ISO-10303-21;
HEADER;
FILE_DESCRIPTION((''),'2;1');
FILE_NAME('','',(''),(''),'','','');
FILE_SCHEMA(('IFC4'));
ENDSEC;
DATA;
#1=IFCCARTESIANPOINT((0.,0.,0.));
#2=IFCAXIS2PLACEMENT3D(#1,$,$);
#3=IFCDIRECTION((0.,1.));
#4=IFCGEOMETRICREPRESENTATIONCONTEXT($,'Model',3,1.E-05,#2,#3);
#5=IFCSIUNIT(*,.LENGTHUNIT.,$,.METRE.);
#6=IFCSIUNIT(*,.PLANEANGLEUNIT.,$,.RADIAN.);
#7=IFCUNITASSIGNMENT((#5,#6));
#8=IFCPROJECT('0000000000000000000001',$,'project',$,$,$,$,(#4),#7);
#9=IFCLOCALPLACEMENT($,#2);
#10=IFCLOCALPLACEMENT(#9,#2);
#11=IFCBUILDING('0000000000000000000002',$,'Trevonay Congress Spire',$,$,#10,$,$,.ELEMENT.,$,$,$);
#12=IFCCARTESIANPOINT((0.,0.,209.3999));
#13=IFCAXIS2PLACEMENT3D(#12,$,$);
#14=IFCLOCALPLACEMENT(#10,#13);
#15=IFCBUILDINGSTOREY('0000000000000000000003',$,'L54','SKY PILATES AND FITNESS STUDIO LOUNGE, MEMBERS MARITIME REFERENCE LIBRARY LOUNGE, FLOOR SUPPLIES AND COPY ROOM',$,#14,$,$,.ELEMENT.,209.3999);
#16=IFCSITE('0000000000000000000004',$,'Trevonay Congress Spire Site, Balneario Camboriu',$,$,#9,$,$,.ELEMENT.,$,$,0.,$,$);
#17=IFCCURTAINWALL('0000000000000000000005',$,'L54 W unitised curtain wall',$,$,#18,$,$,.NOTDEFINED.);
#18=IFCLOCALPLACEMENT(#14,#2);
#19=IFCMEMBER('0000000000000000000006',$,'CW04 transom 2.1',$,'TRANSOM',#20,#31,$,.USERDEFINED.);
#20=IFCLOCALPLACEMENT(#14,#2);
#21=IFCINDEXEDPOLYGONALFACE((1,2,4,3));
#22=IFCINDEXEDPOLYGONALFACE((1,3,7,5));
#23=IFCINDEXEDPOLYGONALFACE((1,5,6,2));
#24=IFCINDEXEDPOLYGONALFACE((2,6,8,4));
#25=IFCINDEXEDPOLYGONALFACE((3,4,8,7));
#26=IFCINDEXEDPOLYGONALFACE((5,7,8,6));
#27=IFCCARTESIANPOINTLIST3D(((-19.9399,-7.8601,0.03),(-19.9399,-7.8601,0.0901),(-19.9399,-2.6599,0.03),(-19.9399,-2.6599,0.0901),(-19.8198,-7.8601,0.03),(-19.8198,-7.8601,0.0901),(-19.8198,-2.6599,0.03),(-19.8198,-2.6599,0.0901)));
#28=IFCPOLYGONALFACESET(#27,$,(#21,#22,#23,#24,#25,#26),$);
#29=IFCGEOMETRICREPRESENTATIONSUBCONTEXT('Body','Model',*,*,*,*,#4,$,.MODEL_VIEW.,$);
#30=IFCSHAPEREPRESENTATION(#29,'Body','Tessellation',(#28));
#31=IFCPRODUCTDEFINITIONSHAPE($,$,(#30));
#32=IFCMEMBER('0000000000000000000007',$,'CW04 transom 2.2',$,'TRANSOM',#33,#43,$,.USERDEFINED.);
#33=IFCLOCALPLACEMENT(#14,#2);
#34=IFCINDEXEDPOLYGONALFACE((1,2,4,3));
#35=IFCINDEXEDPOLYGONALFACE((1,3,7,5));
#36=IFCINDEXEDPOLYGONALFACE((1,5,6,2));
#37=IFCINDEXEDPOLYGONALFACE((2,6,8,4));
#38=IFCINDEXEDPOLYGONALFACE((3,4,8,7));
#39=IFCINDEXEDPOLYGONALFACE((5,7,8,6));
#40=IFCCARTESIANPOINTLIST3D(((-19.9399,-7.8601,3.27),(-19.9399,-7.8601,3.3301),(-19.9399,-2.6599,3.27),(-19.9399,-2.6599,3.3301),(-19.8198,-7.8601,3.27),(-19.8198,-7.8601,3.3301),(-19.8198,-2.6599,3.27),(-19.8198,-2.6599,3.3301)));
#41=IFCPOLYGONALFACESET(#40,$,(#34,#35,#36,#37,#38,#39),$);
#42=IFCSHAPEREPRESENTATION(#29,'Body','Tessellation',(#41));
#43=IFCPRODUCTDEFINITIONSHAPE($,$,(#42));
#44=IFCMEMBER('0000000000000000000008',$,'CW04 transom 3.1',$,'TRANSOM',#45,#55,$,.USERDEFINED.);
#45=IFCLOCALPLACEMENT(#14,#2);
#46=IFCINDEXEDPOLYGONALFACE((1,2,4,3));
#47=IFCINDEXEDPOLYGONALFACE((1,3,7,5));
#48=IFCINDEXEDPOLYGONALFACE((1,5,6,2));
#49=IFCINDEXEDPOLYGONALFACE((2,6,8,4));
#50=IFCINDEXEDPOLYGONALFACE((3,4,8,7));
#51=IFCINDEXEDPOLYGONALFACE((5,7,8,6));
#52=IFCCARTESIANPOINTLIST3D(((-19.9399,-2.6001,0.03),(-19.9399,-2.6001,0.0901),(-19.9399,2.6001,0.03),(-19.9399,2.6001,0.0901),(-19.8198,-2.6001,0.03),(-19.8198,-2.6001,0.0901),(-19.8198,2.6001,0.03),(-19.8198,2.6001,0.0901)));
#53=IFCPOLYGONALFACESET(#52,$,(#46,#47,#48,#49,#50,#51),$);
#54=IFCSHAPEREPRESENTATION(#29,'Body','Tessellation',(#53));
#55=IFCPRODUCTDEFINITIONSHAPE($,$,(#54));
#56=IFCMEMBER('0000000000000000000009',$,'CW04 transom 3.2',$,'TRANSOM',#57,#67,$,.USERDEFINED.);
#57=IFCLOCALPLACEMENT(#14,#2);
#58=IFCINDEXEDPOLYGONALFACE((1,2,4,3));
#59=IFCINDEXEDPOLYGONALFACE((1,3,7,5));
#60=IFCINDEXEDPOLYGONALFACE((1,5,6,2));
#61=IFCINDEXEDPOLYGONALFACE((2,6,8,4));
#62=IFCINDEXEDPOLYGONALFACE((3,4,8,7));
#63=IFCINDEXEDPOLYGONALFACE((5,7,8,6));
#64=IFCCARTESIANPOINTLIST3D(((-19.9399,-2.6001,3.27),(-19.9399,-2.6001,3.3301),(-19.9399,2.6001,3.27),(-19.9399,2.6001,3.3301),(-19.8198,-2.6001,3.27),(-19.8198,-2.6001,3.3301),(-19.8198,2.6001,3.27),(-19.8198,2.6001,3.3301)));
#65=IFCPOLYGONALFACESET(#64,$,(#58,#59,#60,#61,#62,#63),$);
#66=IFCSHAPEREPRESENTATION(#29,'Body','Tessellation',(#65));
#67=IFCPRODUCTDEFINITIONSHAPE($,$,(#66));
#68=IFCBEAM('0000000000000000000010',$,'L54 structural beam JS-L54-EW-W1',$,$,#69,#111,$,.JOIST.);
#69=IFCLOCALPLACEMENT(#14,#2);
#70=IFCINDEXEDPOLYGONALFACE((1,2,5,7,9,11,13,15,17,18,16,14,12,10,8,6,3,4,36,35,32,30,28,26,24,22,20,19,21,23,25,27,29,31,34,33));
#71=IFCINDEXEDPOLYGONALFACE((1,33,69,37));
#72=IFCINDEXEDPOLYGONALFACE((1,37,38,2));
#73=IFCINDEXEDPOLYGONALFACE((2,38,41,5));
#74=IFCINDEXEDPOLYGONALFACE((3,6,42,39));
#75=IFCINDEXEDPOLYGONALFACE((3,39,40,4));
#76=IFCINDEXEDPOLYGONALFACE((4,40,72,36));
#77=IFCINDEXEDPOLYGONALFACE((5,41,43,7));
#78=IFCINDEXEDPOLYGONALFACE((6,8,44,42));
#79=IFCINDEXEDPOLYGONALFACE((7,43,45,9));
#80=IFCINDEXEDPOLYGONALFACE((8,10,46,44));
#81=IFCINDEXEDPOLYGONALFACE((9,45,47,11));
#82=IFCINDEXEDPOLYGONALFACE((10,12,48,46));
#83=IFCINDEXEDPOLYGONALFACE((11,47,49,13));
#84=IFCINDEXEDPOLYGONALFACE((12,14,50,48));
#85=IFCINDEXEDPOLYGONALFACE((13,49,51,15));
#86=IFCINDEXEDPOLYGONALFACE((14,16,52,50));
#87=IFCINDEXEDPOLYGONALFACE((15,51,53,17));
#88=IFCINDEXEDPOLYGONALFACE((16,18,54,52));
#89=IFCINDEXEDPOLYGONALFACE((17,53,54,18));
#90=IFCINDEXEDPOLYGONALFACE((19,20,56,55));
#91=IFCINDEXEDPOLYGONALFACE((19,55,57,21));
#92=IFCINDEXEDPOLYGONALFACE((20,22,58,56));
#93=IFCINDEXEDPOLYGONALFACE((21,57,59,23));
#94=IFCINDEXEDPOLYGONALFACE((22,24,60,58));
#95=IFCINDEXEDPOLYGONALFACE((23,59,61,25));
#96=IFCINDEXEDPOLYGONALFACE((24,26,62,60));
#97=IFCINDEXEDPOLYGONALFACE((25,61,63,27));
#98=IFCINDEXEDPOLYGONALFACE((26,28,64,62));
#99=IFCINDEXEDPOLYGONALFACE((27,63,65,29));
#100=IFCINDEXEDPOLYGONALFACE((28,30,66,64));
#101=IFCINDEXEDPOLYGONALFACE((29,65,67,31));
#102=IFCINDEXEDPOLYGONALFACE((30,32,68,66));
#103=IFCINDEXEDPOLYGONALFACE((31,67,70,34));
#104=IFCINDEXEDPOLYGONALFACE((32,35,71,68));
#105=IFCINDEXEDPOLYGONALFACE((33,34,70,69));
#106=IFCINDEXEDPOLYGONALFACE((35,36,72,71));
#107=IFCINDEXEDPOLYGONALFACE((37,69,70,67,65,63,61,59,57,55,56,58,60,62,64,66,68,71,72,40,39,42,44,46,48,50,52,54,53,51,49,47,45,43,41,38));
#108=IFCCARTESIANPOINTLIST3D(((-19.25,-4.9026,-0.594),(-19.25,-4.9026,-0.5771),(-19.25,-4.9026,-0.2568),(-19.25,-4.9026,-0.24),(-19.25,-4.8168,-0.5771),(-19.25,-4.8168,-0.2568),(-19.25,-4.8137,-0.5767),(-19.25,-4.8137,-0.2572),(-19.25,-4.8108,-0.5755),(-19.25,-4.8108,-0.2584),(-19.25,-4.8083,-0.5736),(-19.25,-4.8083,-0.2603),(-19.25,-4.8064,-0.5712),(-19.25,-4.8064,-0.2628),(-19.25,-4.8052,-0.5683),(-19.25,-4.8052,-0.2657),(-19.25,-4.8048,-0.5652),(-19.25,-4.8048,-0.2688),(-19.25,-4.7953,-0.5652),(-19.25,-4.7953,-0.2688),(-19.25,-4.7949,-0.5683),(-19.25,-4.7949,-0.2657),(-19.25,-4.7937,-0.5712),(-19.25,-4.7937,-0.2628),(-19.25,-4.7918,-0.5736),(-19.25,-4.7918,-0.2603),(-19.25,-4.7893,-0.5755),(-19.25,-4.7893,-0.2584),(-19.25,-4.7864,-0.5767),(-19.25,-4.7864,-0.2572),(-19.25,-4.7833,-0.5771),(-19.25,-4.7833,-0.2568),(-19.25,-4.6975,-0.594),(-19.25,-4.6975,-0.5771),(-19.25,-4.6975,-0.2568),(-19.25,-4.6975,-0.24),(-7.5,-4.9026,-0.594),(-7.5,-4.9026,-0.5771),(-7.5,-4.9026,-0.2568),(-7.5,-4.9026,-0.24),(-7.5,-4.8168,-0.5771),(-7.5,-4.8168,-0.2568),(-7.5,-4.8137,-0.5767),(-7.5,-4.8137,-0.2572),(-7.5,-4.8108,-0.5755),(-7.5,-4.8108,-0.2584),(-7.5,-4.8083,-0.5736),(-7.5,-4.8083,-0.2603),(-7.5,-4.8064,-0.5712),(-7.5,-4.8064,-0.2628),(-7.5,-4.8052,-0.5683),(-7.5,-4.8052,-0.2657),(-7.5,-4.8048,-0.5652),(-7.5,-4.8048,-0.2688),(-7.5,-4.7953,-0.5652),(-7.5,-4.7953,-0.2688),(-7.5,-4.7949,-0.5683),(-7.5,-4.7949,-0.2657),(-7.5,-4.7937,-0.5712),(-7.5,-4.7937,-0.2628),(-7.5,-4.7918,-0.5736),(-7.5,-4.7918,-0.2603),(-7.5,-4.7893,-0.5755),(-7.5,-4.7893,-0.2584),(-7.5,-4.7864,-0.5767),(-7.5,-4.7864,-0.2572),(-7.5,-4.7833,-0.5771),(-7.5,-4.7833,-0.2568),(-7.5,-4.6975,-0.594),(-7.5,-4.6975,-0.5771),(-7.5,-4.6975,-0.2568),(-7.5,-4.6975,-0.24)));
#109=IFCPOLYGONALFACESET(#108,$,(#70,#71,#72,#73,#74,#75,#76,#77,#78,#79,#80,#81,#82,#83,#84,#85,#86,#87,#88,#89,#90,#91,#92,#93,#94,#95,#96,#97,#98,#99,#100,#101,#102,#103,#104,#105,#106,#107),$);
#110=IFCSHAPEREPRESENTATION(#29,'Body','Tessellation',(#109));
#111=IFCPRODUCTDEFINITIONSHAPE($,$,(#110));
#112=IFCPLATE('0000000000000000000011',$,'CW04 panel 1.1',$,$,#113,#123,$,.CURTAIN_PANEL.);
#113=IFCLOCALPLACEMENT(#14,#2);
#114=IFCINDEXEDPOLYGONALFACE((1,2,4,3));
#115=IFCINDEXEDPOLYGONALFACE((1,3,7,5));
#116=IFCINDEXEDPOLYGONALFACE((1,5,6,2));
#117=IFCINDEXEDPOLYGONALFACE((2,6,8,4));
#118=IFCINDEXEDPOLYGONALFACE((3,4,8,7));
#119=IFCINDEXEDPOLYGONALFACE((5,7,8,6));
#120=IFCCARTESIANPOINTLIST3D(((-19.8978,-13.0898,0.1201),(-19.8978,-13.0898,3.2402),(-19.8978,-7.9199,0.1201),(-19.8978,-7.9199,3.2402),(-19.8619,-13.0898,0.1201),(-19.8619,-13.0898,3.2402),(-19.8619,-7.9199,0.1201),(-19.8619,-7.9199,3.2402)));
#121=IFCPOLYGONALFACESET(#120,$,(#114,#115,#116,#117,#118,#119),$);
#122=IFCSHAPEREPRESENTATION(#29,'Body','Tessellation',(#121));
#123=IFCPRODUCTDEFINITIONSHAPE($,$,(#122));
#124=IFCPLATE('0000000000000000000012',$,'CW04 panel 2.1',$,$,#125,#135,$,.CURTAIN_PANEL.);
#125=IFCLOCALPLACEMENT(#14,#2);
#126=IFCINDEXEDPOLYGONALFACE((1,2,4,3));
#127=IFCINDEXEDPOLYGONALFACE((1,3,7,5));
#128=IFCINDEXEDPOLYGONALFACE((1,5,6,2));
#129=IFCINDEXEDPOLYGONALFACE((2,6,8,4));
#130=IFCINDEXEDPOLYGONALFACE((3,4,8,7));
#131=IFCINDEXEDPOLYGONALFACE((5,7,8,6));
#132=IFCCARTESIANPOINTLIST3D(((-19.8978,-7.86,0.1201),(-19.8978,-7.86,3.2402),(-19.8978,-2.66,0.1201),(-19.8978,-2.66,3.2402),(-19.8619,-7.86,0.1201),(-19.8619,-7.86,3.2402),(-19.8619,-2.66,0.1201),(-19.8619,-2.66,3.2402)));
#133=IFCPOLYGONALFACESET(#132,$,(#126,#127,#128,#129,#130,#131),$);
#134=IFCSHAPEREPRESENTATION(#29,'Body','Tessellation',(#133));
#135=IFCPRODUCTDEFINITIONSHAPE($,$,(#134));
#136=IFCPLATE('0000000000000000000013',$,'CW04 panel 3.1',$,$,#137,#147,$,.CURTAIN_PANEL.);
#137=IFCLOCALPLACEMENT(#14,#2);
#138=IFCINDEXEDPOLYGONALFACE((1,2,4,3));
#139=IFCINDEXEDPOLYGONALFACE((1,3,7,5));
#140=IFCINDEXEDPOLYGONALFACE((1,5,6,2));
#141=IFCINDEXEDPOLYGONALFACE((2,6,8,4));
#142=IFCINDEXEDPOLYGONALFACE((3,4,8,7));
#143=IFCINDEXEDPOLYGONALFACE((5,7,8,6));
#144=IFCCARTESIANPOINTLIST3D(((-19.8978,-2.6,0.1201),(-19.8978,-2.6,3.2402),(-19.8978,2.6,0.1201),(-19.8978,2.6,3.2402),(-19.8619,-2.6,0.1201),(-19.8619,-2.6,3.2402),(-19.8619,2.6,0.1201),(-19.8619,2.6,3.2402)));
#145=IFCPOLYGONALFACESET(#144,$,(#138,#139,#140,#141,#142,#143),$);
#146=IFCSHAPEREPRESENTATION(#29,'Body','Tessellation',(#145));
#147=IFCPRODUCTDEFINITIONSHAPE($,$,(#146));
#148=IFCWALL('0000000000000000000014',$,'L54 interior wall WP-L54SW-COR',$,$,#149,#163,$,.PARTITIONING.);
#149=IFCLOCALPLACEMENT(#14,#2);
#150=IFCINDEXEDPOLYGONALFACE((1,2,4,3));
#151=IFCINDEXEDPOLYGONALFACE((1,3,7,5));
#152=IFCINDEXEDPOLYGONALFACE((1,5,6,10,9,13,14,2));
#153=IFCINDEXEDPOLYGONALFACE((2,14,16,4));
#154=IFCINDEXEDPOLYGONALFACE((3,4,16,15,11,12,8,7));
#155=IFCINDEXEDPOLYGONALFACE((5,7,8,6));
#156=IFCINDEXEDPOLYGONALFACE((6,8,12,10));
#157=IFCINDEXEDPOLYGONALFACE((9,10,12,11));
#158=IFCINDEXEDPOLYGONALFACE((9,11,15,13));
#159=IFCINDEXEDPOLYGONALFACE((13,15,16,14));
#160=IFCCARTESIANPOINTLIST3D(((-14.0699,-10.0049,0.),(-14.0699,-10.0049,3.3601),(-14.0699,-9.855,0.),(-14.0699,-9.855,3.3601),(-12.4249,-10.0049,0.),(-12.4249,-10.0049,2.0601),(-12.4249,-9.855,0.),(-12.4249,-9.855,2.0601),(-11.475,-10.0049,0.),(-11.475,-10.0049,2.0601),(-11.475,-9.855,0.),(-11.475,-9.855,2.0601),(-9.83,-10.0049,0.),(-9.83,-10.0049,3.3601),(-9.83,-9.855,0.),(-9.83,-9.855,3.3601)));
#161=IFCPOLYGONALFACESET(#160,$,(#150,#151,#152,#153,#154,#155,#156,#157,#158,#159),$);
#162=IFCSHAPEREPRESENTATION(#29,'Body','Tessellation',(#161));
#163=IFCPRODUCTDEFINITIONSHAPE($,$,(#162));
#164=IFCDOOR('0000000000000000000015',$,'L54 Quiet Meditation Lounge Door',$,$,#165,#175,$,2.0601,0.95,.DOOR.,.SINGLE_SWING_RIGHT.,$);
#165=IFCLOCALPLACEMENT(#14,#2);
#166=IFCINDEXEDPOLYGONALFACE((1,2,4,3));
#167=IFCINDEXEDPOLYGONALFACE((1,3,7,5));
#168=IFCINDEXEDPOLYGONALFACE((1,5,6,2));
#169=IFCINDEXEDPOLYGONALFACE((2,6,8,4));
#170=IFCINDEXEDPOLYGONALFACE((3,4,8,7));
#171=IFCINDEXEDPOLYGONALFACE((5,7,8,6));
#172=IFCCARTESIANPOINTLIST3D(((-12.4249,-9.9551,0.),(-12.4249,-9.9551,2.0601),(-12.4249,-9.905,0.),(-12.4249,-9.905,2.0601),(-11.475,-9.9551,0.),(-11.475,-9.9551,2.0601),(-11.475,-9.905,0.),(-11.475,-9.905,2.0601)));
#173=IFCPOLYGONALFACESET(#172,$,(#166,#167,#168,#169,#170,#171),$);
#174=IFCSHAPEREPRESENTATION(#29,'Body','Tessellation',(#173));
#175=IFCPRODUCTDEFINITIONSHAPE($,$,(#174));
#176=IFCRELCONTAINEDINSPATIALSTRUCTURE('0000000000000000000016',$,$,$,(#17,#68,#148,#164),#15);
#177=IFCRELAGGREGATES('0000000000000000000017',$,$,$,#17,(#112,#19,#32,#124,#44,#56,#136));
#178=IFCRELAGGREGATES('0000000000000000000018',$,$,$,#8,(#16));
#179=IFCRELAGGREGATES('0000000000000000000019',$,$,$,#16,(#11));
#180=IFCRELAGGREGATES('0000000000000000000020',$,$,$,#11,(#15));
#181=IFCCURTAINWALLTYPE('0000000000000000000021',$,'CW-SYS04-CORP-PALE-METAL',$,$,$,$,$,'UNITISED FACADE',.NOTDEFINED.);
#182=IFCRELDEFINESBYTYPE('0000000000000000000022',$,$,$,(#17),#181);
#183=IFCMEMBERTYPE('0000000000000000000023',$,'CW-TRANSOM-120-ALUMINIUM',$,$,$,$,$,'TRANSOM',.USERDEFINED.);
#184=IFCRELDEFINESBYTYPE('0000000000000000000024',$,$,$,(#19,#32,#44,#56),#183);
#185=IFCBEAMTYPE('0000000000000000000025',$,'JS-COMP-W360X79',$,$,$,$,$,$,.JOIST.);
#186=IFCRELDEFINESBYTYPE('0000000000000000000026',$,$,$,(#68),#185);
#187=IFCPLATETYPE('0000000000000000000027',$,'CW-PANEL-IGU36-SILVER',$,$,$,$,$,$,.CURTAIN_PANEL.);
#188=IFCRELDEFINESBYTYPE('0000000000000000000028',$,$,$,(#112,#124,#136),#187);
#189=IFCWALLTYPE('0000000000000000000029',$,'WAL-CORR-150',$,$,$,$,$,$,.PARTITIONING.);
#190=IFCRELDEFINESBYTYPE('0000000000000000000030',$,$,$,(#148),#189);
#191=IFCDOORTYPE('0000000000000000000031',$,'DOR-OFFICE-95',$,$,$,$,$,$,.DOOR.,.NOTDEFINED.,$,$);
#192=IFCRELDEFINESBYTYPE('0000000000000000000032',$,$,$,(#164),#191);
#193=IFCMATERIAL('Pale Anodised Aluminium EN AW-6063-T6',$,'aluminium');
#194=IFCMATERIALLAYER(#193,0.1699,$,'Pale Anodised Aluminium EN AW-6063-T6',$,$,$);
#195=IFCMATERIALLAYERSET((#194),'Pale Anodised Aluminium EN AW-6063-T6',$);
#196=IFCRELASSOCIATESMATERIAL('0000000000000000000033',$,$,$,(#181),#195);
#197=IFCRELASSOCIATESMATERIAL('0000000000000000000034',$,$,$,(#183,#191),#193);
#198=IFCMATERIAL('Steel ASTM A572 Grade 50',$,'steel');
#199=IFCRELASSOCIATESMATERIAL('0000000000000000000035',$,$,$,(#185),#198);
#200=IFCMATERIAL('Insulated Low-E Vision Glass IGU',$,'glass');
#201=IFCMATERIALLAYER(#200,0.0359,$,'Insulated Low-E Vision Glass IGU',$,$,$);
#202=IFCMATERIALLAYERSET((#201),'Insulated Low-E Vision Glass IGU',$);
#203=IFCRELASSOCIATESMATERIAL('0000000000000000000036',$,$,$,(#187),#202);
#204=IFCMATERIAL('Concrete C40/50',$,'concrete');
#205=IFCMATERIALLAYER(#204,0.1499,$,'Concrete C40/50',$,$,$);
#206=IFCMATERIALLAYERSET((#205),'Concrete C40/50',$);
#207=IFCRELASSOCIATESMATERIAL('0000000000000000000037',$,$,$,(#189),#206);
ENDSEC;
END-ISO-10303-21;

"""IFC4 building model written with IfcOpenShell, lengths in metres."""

from ifc_helpers import new_model, si_unit, direction, frame, frame_2d, origin, origin_2d, place, context, subcontext, project, spatial, rectangle, i_section, extrude, material, layer, layer_set, material_profile, profile_set, type_object, element, fill, aggregate, save


model = new_model("IFC4")

# Units and contexts
model_context = context("Model", 3, precision=1e-05, world=origin(), true_north=direction((0.0, 1.0)))
body_context = subcontext(model_context, "Body", "Model", "MODEL_VIEW")
ifc_project = project(units=[si_unit("LENGTHUNIT", "METRE"), si_unit("PLANEANGLEUNIT", "RADIAN")], contexts=[model_context])

# Site, building, storey
site_placement = place(None, origin())
site = spatial("IfcSite", under=ifc_project, at=site_placement, Name="Trevonay Congress Spire Site, Balneario Camboriu", CompositionType="ELEMENT", RefElevation=0.0)
building_placement = place(site_placement, origin())
building = spatial("IfcBuilding", under=site, at=building_placement, Name="Trevonay Congress Spire", CompositionType="ELEMENT")
storey_placement = place(building_placement, frame((0.0, 0.0, 209.3999)))
storey = spatial("IfcBuildingStorey", under=building, at=storey_placement, Name="L54", Description="SKY PILATES AND FITNESS STUDIO LOUNGE, MEMBERS MARITIME REFERENCE LIBRARY LOUNGE, FLOOR SUPPLIES AND COPY ROOM", CompositionType="ELEMENT", Elevation=209.3999)

# Shared definitions
ifc_material_1 = material(Name="Steel ASTM A572 Grade 50", Category="steel")

# Curtain wall, members
ifc_material_2 = material(Name="Pale Anodised Aluminium EN AW-6063-T6", Category="aluminium")
ifc_layer_1 = layer(ifc_material_2, 0.1699, Name="Pale Anodised Aluminium EN AW-6063-T6")
ifc_layer_set_1 = layer_set([ifc_layer_1], Name="Pale Anodised Aluminium EN AW-6063-T6")
curtain_wall_type = type_object("IfcCurtainWallType", Name="CW-SYS04-CORP-PALE-METAL", ElementType="UNITISED FACADE", PredefinedType="NOTDEFINED", material=ifc_layer_set_1)
curtain_wall_placement = place(storey_placement, origin())
curtain_wall = element("IfcCurtainWall", 1, at=curtain_wall_placement, inside=storey, type_object=curtain_wall_type, Name="L54 W unitised curtain wall", PredefinedType="NOTDEFINED")
ifc_material_profile_1 = material_profile(ifc_material_2, rectangle(XDim=0.1201, YDim=0.0601, at=origin_2d()), Name="CW-TRANSOM-120-ALUMINIUM")
ifc_profile_set_1 = profile_set([ifc_material_profile_1], Name="Pale Anodised Aluminium EN AW-6063-T6")
member_type_1 = type_object("IfcMemberType", Name="CW-TRANSOM-120-ALUMINIUM", ElementType="TRANSOM", PredefinedType="USERDEFINED", material=ifc_profile_set_1)
member_1_placement = place(storey_placement, frame((-19.8799, -7.8601, 0.0601), z_axis=(0.0, 1.0, 0.0), x_axis=(-1.0, 0.0, 0.0)))
member_1 = element("IfcMember", 2, at=member_1_placement, type_object=member_type_1, Name="CW04 transom 2.1", ObjectType="TRANSOM", PredefinedType="USERDEFINED", context=body_context, shape_type="SweptSolid", body=[
    extrude(rectangle(XDim=0.1201, YDim=0.0601, at=origin_2d()), origin(), (0.0, 0.0, 1.0), 5.2002),
])
member_2_placement = place(storey_placement, frame((-19.8799, -7.8601, 3.3), z_axis=(0.0, 1.0, 0.0), x_axis=(-1.0, 0.0, 0.0)))
member_2 = element("IfcMember", 3, at=member_2_placement, type_object=member_type_1, Name="CW04 transom 2.2", ObjectType="TRANSOM", PredefinedType="USERDEFINED", context=body_context, shape_type="SweptSolid", body=[
    extrude(rectangle(XDim=0.1201, YDim=0.0601, at=origin_2d()), origin(), (0.0, 0.0, 1.0), 5.2002),
])
member_3_placement = place(storey_placement, frame((-19.8799, -2.6001, 0.0601), z_axis=(0.0, 1.0, 0.0), x_axis=(-1.0, 0.0, 0.0)))
member_3 = element("IfcMember", 4, at=member_3_placement, type_object=member_type_1, Name="CW04 transom 3.1", ObjectType="TRANSOM", PredefinedType="USERDEFINED", context=body_context, shape_type="SweptSolid", body=[
    extrude(rectangle(XDim=0.1201, YDim=0.0601, at=origin_2d()), origin(), (0.0, 0.0, 1.0), 5.2002),
])
member_4_placement = place(storey_placement, frame((-19.8799, -2.6001, 3.3), z_axis=(0.0, 1.0, 0.0), x_axis=(-1.0, 0.0, 0.0)))
member_4 = element("IfcMember", 5, at=member_4_placement, type_object=member_type_1, Name="CW04 transom 3.2", ObjectType="TRANSOM", PredefinedType="USERDEFINED", context=body_context, shape_type="SweptSolid", body=[
    extrude(rectangle(XDim=0.1201, YDim=0.0601, at=origin_2d()), origin(), (0.0, 0.0, 1.0), 5.2002),
])

# Beam
ifc_material_profile_2 = material_profile(ifc_material_1, i_section(OverallWidth=0.2051, OverallDepth=0.354, WebThickness=0.0095, FlangeThickness=0.0168, FilletRadius=0.012, at=origin_2d()), Name="W360x79")
ifc_profile_set_2 = profile_set([ifc_material_profile_2], Name="Steel ASTM A572 Grade 50")
beam_type_1 = type_object("IfcBeamType", Name="JS-COMP-W360X79", PredefinedType="JOIST", material=ifc_profile_set_2)
beam_1_placement = place(storey_placement, frame((-19.25, -4.8, -0.417), z_axis=(1.0, 0.0, 0.0), x_axis=(0.0, 1.0, 0.0)))
element("IfcBeam", 6, at=beam_1_placement, inside=storey, type_object=beam_type_1, Name="L54 structural beam JS-L54-EW-W1", PredefinedType="JOIST", context=body_context, shape_type="SweptSolid", body=[
    extrude(i_section(OverallWidth=0.2051, OverallDepth=0.354, WebThickness=0.0095, FlangeThickness=0.0168, FilletRadius=0.012, at=origin_2d()), origin(), (0.0, 0.0, 1.0), 11.75),
])

# Plates
ifc_material_3 = material(Name="Insulated Low-E Vision Glass IGU", Category="glass")
ifc_layer_2 = layer(ifc_material_3, 0.0359, Name="Insulated Low-E Vision Glass IGU")
ifc_layer_set_2 = layer_set([ifc_layer_2], Name="Insulated Low-E Vision Glass IGU")
plate_type = type_object("IfcPlateType", Name="CW-PANEL-IGU36-SILVER", PredefinedType="CURTAIN_PANEL", material=ifc_layer_set_2)
plate_1_placement = place(storey_placement, frame((-19.8799, -10.5049, 0.1201), z_axis=(0.0, 0.0, 1.0), x_axis=(0.0, 1.0, 0.0)))
plate_1 = element("IfcPlate", 7, at=plate_1_placement, type_object=plate_type, Name="CW04 panel 1.1", PredefinedType="CURTAIN_PANEL", context=body_context, shape_type="SweptSolid", body=[
    extrude(rectangle(XDim=5.1699, YDim=0.0359, at=origin_2d()), origin(), (0.0, 0.0, 1.0), 3.1201),
])
plate_2_placement = place(storey_placement, frame((-19.8799, -5.26, 0.1201), z_axis=(0.0, 0.0, 1.0), x_axis=(0.0, 1.0, 0.0)))
plate_2 = element("IfcPlate", 8, at=plate_2_placement, type_object=plate_type, Name="CW04 panel 2.1", PredefinedType="CURTAIN_PANEL", context=body_context, shape_type="SweptSolid", body=[
    extrude(rectangle(XDim=5.2, YDim=0.0359, at=origin_2d()), origin(), (0.0, 0.0, 1.0), 3.1201),
])
plate_3_placement = place(storey_placement, frame((-19.8799, 0.0, 0.1201), z_axis=(0.0, 0.0, 1.0), x_axis=(0.0, 1.0, 0.0)))
plate_3 = element("IfcPlate", 9, at=plate_3_placement, type_object=plate_type, Name="CW04 panel 3.1", PredefinedType="CURTAIN_PANEL", context=body_context, shape_type="SweptSolid", body=[
    extrude(rectangle(XDim=5.2, YDim=0.0359, at=origin_2d()), origin(), (0.0, 0.0, 1.0), 3.1201),
])
aggregate(curtain_wall, [plate_1, member_1, member_2, plate_2, member_3, member_4, plate_3])

# Wall, opening, door
ifc_material_4 = material(Name="Concrete C40/50", Category="concrete")
ifc_layer_3 = layer(ifc_material_4, 0.1499, Name="Concrete C40/50")
ifc_layer_set_3 = layer_set([ifc_layer_3], Name="Concrete C40/50")
wall_type_1 = type_object("IfcWallType", Name="WAL-CORR-150", PredefinedType="PARTITIONING", material=ifc_layer_set_3)
wall_placement = place(storey_placement, frame((-14.0701, -9.9299, 0.0), z_axis=(0.0, 0.0, 1.0), x_axis=(1.0, 0.0, 0.0)))
wall = element("IfcWall", 10, at=wall_placement, inside=storey, type_object=wall_type_1, Name="L54 interior wall WP-L54SW-COR", PredefinedType="PARTITIONING", context=body_context, shape_type="SweptSolid", body=[
    extrude(rectangle(XDim=4.24, YDim=0.1499, at=frame_2d((2.1201, 0.0))), origin(), (0.0, 0.0, 1.0), 3.3601),
])
opening_placement = place(wall_placement, frame((1.645, 0.0, 0.0)))
opening = element("IfcOpeningElement", 11, at=opening_placement, cuts=wall, PredefinedType="OPENING", context=body_context, shape_type="SweptSolid", body=[
    extrude(rectangle(XDim=0.95, YDim=2.0601, at=frame_2d((0.4751, 1.03))), frame((0.0, 0.085, 0.0), z_axis=(0.0, -1.0, 0.0), x_axis=(1.0, 0.0, 0.0)), (0.0, 0.0, 1.0), 0.1699),
])
door_type = type_object("IfcDoorType", Name="DOR-OFFICE-95", OperationType="NOTDEFINED", PredefinedType="DOOR", material=ifc_material_2)
door_placement = place(opening_placement, origin())
door = element("IfcDoor", 12, at=door_placement, inside=storey, type_object=door_type, Name="L54 Quiet Meditation Lounge Door", OperationType="SINGLE_SWING_RIGHT", OverallHeight=2.0601, OverallWidth=0.95, PredefinedType="DOOR", context=body_context, shape_type="SweptSolid", body=[
    extrude(rectangle(XDim=0.95, YDim=2.0601, at=frame_2d((0.4751, 1.03))), frame((0.0, 0.0249, 0.0), z_axis=(0.0, -1.0, 0.0), x_axis=(1.0, 0.0, 0.0)), (0.0, 0.0, 1.0), 0.05),
])
fill(opening, door)

save(model, "model.ifc")
